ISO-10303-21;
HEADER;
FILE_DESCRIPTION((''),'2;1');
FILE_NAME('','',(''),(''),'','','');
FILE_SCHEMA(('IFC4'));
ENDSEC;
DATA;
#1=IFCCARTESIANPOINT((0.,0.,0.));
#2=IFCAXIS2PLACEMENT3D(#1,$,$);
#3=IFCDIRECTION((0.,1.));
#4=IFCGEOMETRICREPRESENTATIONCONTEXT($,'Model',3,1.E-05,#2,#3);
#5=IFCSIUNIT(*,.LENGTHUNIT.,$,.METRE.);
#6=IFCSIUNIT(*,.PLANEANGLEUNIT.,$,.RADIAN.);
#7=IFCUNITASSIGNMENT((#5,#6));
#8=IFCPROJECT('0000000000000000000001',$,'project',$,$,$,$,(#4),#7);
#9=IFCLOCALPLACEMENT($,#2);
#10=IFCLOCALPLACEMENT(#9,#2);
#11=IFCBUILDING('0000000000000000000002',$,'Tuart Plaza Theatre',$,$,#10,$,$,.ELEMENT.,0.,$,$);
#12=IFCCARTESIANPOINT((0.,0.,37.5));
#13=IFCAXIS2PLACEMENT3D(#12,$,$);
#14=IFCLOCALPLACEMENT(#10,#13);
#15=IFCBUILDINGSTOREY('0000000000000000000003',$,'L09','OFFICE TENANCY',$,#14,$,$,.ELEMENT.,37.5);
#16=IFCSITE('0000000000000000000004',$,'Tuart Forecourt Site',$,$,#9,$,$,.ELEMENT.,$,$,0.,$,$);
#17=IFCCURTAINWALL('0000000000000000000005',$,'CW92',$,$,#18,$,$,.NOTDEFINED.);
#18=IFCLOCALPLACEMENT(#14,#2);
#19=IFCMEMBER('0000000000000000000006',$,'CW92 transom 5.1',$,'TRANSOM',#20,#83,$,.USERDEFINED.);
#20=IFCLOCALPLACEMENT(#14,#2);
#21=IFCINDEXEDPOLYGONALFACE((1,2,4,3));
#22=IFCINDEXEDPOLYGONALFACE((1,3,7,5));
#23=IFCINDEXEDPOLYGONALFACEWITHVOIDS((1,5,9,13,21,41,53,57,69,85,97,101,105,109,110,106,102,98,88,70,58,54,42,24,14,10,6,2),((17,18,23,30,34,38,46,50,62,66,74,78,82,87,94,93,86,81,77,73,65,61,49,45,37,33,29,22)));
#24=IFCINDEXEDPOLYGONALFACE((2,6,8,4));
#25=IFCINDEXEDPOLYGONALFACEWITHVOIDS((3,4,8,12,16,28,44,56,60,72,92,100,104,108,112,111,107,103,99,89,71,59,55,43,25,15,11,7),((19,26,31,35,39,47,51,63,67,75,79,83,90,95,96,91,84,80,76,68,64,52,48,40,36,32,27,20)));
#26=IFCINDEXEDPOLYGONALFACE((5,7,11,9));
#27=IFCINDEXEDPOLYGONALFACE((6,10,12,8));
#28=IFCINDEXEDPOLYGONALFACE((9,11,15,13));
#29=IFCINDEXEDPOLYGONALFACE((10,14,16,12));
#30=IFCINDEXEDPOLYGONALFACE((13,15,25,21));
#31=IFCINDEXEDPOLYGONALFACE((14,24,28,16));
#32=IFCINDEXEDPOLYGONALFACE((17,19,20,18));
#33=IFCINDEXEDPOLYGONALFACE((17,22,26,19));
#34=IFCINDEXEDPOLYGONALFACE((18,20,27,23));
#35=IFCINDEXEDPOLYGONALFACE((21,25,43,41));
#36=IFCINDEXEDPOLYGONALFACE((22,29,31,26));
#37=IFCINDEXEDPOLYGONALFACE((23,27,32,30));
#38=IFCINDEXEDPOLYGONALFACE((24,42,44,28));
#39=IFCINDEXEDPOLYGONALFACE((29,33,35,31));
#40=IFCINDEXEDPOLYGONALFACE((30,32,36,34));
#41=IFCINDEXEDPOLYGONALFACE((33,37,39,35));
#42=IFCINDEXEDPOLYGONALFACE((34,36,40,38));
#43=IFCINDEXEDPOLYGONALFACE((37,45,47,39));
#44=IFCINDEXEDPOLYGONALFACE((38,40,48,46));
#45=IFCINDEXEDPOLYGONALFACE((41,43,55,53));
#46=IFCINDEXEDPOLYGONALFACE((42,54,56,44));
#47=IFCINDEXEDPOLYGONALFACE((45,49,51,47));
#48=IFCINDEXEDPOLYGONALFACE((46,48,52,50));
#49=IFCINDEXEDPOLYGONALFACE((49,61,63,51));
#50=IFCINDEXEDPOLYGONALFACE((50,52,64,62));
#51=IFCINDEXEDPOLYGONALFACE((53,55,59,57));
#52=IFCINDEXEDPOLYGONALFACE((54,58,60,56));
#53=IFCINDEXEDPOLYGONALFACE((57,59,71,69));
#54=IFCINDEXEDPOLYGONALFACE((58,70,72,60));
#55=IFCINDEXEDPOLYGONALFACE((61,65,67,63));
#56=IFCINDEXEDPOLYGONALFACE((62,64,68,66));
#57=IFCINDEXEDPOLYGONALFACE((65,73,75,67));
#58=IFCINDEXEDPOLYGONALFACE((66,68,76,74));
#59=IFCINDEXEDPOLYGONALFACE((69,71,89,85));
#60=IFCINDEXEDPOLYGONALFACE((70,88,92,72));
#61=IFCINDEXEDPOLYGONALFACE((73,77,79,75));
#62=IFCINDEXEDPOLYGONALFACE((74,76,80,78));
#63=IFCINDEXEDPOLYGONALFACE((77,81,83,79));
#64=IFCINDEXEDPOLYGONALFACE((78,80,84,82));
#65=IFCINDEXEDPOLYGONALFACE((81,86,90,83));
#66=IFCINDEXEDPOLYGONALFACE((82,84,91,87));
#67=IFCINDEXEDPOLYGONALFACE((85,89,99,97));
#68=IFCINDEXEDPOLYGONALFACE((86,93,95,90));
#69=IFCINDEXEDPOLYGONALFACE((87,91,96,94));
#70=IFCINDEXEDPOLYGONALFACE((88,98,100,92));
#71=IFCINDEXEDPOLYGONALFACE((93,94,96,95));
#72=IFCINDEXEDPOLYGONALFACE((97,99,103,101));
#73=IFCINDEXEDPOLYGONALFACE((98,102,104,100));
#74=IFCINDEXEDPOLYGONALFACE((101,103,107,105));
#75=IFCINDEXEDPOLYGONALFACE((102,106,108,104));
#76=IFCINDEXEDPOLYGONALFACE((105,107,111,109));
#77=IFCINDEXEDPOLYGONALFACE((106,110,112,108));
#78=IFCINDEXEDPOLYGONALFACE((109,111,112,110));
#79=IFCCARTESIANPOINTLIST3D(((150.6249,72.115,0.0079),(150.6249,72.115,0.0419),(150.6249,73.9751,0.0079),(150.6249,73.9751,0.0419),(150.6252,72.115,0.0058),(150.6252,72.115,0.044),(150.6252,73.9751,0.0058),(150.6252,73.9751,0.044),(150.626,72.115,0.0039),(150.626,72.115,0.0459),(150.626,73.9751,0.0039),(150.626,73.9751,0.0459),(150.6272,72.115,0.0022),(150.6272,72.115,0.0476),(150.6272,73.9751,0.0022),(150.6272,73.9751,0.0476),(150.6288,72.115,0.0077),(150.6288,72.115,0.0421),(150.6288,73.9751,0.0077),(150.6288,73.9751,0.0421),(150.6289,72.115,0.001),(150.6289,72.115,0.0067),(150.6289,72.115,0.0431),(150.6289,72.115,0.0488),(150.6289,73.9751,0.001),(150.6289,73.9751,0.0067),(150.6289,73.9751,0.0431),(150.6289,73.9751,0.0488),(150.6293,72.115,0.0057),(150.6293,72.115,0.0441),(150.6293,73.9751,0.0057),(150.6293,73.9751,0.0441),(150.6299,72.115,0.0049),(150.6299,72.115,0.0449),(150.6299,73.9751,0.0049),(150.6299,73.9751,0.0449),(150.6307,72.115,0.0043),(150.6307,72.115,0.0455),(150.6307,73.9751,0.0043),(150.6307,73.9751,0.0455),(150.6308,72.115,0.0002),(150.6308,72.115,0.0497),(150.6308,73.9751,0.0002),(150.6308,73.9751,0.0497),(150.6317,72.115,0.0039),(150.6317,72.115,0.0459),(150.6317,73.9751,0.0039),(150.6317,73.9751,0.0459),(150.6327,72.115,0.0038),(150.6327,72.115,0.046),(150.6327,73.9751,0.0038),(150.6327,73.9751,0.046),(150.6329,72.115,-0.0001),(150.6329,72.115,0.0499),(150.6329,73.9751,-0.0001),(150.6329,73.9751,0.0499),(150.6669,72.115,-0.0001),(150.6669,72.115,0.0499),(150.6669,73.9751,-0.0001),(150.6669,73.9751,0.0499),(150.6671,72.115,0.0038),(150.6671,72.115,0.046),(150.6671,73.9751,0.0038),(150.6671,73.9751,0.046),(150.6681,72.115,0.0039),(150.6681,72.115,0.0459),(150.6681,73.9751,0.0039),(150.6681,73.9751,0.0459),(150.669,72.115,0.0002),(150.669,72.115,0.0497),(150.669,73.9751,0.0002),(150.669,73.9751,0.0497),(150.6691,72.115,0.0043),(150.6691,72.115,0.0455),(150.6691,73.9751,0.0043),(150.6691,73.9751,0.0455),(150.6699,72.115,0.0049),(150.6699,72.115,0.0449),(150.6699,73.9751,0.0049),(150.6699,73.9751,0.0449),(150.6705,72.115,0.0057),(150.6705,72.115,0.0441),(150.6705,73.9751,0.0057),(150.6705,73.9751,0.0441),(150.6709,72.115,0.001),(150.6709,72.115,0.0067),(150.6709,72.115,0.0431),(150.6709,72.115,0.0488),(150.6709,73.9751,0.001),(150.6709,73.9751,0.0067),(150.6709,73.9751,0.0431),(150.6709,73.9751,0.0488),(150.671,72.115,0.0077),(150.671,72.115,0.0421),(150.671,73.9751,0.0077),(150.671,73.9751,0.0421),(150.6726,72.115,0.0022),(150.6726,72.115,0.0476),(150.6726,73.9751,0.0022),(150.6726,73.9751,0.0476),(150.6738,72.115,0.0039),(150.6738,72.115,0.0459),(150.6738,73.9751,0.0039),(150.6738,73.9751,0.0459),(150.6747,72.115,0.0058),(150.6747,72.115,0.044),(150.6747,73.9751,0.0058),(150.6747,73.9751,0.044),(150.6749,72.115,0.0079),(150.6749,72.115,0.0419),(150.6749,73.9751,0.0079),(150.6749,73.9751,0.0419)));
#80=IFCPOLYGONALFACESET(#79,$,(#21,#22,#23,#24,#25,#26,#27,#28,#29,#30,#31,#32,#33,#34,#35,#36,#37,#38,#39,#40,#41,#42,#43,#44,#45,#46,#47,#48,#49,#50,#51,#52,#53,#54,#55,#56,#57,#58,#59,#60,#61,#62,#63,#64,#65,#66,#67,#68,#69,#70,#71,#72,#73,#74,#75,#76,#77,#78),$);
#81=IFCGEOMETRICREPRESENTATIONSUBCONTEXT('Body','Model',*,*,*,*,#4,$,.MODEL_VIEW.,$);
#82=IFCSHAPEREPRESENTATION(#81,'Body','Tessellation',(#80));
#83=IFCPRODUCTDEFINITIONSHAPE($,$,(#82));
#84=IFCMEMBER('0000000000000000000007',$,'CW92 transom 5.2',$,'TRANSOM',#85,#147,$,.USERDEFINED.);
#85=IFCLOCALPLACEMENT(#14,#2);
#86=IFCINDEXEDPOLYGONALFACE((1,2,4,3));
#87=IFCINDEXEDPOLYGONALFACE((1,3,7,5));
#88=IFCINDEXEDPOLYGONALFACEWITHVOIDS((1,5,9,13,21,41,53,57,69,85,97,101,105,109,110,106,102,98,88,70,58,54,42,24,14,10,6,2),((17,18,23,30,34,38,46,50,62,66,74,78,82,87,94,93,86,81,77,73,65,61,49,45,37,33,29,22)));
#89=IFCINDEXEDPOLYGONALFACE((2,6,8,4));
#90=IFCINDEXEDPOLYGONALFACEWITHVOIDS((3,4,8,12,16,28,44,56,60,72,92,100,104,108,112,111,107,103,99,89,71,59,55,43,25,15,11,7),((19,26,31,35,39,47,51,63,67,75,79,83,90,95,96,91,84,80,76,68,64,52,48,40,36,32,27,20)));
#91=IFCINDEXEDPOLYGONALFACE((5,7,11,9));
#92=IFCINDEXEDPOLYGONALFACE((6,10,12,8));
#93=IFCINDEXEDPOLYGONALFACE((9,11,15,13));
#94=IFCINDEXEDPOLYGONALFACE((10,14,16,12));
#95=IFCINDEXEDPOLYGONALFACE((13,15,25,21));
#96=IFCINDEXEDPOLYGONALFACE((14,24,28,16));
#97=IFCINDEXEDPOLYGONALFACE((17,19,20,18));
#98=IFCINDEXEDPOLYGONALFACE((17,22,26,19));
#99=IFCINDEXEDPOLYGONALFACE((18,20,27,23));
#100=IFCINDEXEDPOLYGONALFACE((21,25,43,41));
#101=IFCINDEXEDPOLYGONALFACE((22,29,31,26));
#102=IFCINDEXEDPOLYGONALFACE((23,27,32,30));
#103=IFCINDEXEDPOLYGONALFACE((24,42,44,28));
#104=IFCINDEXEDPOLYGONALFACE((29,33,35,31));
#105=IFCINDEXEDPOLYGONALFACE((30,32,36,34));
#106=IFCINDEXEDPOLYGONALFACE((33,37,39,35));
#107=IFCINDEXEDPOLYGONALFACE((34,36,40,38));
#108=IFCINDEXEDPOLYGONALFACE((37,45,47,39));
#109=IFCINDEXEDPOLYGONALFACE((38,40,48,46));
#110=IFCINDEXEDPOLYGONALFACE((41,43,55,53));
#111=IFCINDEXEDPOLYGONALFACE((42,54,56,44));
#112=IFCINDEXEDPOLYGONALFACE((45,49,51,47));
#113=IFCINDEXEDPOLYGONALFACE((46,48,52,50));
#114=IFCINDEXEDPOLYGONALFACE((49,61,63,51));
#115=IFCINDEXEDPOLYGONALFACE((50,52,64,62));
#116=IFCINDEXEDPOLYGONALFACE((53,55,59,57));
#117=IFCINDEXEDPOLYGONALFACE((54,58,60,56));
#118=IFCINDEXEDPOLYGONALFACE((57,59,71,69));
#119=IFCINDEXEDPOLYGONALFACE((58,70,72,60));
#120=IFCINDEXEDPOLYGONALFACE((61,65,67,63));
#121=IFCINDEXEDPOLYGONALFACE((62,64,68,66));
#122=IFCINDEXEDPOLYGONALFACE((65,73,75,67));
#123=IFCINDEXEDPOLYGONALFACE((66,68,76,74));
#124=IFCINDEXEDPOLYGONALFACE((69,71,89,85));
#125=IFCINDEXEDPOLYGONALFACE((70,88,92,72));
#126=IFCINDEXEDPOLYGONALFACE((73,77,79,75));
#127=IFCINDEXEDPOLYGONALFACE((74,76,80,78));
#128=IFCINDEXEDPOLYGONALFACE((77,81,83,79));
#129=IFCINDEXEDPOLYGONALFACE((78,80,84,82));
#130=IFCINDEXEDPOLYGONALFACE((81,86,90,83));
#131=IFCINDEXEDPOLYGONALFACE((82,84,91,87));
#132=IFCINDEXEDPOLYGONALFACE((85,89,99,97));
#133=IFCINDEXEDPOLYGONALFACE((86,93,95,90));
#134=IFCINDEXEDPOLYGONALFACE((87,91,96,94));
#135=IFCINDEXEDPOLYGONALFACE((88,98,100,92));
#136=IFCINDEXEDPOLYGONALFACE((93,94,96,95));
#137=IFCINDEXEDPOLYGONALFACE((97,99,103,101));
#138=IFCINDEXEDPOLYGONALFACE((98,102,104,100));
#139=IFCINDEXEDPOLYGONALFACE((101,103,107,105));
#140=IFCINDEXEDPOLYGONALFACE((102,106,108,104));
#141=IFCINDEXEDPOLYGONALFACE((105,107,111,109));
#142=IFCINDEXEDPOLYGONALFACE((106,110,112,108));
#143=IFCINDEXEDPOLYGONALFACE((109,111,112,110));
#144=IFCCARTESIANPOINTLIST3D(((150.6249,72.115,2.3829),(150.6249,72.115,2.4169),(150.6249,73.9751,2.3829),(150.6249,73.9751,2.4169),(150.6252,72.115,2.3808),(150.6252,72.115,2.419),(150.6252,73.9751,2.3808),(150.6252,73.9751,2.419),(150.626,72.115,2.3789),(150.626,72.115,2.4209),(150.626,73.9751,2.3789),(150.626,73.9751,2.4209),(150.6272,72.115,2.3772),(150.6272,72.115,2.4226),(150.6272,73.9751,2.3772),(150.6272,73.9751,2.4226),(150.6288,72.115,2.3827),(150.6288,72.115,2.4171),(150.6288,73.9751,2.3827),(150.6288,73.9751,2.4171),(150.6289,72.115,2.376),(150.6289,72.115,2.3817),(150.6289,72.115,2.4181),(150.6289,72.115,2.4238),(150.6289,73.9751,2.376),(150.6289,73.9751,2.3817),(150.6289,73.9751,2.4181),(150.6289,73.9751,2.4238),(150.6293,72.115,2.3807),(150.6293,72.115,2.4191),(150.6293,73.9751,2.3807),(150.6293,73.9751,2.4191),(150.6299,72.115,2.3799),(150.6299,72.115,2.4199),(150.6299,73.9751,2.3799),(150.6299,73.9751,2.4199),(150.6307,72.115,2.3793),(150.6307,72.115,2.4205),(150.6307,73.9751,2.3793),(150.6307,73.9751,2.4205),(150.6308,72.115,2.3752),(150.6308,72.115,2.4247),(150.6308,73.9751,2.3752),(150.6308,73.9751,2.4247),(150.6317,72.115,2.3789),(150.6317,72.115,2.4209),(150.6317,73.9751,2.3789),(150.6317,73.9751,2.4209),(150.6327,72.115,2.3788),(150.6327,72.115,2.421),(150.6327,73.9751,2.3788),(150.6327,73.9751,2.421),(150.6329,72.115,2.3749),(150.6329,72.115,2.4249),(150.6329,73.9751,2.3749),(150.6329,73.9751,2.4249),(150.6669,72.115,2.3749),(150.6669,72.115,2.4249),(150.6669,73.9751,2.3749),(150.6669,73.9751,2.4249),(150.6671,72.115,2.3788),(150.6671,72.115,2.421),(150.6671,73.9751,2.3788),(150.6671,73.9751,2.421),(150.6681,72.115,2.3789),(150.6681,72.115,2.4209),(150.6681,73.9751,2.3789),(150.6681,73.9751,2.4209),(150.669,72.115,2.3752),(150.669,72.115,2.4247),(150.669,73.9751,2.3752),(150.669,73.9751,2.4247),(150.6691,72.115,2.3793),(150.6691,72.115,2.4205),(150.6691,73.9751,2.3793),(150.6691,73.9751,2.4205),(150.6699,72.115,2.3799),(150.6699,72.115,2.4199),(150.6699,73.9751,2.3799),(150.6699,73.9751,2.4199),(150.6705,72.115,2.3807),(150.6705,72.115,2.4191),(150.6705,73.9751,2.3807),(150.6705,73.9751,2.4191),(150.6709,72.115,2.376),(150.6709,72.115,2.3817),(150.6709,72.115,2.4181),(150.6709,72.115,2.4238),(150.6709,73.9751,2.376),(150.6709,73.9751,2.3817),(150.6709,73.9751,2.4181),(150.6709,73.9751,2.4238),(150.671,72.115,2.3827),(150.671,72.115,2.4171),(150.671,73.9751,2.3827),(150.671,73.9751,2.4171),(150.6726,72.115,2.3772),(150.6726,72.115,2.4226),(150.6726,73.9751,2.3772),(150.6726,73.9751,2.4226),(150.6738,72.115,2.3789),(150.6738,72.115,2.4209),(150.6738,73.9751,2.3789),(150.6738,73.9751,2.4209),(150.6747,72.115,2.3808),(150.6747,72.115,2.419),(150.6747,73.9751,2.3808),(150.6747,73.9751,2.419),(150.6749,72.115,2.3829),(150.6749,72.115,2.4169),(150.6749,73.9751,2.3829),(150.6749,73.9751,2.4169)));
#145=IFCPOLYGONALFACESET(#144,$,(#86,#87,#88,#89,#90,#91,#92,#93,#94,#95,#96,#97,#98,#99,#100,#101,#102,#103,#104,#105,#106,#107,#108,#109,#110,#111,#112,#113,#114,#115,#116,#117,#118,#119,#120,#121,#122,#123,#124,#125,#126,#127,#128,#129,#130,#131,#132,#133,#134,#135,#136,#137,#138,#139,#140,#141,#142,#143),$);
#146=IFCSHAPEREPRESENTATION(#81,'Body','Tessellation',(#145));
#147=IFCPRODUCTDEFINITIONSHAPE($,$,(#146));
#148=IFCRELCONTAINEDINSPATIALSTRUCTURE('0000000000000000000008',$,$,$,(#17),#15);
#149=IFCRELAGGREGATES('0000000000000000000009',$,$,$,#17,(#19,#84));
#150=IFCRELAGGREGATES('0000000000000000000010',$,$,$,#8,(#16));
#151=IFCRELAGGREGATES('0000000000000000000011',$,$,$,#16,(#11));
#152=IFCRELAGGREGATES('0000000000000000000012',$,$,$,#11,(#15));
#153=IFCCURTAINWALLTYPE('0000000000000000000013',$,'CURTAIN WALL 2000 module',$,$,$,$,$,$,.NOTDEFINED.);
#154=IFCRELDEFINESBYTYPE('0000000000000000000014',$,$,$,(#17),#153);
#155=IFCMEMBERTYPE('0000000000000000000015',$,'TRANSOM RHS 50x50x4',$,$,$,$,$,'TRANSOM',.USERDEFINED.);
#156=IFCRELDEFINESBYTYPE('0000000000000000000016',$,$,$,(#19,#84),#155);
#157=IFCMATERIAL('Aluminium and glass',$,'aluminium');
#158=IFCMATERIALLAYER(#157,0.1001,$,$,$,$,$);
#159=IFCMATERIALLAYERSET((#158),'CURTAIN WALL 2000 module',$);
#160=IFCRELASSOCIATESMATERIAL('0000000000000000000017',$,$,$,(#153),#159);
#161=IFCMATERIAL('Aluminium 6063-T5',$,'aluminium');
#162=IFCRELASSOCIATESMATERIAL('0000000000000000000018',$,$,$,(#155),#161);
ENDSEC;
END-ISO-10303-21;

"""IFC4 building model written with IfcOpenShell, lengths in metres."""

from ifc_helpers import new_model, si_unit, direction, frame, origin, origin_2d, place, context, subcontext, project, spatial, hollow_rectangle, extrude, material, layer, layer_set, material_profile, profile_set, type_object, element, aggregate, save


model = new_model("IFC4")

# Units and contexts
model_context = context("Model", 3, precision=1e-05, world=origin(), true_north=direction((0.0, 1.0)))
body_context = subcontext(model_context, "Body", "Model", "MODEL_VIEW")
ifc_project = project(units=[si_unit("LENGTHUNIT", "METRE"), si_unit("PLANEANGLEUNIT", "RADIAN")], contexts=[model_context])

# Site, building, storey
site_placement = place(None, origin())
site = spatial("IfcSite", under=ifc_project, at=site_placement, Name="Tuart Forecourt Site", CompositionType="ELEMENT", RefElevation=0.0)
building_placement = place(site_placement, origin())
building = spatial("IfcBuilding", under=site, at=building_placement, Name="Tuart Plaza Theatre", CompositionType="ELEMENT", ElevationOfRefHeight=0.0)
storey_placement = place(building_placement, frame((0.0, 0.0, 37.5)))
storey = spatial("IfcBuildingStorey", under=building, at=storey_placement, Name="L09", Description="OFFICE TENANCY", CompositionType="ELEMENT", Elevation=37.5)

# Curtain wall, members
ifc_material_1 = material(Name="Aluminium and glass", Category="aluminium")
ifc_layer_1 = layer(ifc_material_1, 0.1001)
ifc_layer_set_1 = layer_set([ifc_layer_1], Name="CURTAIN WALL 2000 module")
curtain_wall_type = type_object("IfcCurtainWallType", Name="CURTAIN WALL 2000 module", PredefinedType="NOTDEFINED", material=ifc_layer_set_1)
curtain_wall_placement = place(storey_placement, origin())
curtain_wall = element("IfcCurtainWall", 1, at=curtain_wall_placement, inside=storey, type_object=curtain_wall_type, Name="CW92", PredefinedType="NOTDEFINED")
ifc_material_2 = material(Name="Aluminium 6063-T5", Category="aluminium")
ifc_material_profile_1 = material_profile(ifc_material_2, hollow_rectangle(XDim=0.05, YDim=0.05, WallThickness=0.0039, InnerFilletRadius=0.0039, OuterFilletRadius=0.0081, at=origin_2d()), Name="RHS 50x50x4")
ifc_profile_set_1 = profile_set([ifc_material_profile_1], Name="Aluminium 6063-T5")
member_type_1 = type_object("IfcMemberType", Name="TRANSOM RHS 50x50x4", ElementType="TRANSOM", PredefinedType="USERDEFINED", material=ifc_profile_set_1)
member_1_placement = place(storey_placement, frame((150.6499, 72.115, 0.0249), z_axis=(0.0, 1.0, 0.0), x_axis=(-1.0, 0.0, 0.0)))
member_1 = element("IfcMember", 2, at=member_1_placement, type_object=member_type_1, Name="CW92 transom 5.1", ObjectType="TRANSOM", PredefinedType="USERDEFINED", context=body_context, shape_type="SweptSolid", body=[
    extrude(hollow_rectangle(XDim=0.05, YDim=0.05, WallThickness=0.0039, InnerFilletRadius=0.0039, OuterFilletRadius=0.0081, at=origin_2d()), origin(), (0.0, 0.0, 1.0), 1.8601),
])
member_2_placement = place(storey_placement, frame((150.6499, 72.115, 2.3999), z_axis=(0.0, 1.0, 0.0), x_axis=(-1.0, 0.0, 0.0)))
member_2 = element("IfcMember", 3, at=member_2_placement, type_object=member_type_1, Name="CW92 transom 5.2", ObjectType="TRANSOM", PredefinedType="USERDEFINED", context=body_context, shape_type="SweptSolid", body=[
    extrude(hollow_rectangle(XDim=0.05, YDim=0.05, WallThickness=0.0039, InnerFilletRadius=0.0039, OuterFilletRadius=0.0081, at=origin_2d()), origin(), (0.0, 0.0, 1.0), 1.8601),
])
aggregate(curtain_wall, [member_1, member_2])

save(model, "model.ifc")
